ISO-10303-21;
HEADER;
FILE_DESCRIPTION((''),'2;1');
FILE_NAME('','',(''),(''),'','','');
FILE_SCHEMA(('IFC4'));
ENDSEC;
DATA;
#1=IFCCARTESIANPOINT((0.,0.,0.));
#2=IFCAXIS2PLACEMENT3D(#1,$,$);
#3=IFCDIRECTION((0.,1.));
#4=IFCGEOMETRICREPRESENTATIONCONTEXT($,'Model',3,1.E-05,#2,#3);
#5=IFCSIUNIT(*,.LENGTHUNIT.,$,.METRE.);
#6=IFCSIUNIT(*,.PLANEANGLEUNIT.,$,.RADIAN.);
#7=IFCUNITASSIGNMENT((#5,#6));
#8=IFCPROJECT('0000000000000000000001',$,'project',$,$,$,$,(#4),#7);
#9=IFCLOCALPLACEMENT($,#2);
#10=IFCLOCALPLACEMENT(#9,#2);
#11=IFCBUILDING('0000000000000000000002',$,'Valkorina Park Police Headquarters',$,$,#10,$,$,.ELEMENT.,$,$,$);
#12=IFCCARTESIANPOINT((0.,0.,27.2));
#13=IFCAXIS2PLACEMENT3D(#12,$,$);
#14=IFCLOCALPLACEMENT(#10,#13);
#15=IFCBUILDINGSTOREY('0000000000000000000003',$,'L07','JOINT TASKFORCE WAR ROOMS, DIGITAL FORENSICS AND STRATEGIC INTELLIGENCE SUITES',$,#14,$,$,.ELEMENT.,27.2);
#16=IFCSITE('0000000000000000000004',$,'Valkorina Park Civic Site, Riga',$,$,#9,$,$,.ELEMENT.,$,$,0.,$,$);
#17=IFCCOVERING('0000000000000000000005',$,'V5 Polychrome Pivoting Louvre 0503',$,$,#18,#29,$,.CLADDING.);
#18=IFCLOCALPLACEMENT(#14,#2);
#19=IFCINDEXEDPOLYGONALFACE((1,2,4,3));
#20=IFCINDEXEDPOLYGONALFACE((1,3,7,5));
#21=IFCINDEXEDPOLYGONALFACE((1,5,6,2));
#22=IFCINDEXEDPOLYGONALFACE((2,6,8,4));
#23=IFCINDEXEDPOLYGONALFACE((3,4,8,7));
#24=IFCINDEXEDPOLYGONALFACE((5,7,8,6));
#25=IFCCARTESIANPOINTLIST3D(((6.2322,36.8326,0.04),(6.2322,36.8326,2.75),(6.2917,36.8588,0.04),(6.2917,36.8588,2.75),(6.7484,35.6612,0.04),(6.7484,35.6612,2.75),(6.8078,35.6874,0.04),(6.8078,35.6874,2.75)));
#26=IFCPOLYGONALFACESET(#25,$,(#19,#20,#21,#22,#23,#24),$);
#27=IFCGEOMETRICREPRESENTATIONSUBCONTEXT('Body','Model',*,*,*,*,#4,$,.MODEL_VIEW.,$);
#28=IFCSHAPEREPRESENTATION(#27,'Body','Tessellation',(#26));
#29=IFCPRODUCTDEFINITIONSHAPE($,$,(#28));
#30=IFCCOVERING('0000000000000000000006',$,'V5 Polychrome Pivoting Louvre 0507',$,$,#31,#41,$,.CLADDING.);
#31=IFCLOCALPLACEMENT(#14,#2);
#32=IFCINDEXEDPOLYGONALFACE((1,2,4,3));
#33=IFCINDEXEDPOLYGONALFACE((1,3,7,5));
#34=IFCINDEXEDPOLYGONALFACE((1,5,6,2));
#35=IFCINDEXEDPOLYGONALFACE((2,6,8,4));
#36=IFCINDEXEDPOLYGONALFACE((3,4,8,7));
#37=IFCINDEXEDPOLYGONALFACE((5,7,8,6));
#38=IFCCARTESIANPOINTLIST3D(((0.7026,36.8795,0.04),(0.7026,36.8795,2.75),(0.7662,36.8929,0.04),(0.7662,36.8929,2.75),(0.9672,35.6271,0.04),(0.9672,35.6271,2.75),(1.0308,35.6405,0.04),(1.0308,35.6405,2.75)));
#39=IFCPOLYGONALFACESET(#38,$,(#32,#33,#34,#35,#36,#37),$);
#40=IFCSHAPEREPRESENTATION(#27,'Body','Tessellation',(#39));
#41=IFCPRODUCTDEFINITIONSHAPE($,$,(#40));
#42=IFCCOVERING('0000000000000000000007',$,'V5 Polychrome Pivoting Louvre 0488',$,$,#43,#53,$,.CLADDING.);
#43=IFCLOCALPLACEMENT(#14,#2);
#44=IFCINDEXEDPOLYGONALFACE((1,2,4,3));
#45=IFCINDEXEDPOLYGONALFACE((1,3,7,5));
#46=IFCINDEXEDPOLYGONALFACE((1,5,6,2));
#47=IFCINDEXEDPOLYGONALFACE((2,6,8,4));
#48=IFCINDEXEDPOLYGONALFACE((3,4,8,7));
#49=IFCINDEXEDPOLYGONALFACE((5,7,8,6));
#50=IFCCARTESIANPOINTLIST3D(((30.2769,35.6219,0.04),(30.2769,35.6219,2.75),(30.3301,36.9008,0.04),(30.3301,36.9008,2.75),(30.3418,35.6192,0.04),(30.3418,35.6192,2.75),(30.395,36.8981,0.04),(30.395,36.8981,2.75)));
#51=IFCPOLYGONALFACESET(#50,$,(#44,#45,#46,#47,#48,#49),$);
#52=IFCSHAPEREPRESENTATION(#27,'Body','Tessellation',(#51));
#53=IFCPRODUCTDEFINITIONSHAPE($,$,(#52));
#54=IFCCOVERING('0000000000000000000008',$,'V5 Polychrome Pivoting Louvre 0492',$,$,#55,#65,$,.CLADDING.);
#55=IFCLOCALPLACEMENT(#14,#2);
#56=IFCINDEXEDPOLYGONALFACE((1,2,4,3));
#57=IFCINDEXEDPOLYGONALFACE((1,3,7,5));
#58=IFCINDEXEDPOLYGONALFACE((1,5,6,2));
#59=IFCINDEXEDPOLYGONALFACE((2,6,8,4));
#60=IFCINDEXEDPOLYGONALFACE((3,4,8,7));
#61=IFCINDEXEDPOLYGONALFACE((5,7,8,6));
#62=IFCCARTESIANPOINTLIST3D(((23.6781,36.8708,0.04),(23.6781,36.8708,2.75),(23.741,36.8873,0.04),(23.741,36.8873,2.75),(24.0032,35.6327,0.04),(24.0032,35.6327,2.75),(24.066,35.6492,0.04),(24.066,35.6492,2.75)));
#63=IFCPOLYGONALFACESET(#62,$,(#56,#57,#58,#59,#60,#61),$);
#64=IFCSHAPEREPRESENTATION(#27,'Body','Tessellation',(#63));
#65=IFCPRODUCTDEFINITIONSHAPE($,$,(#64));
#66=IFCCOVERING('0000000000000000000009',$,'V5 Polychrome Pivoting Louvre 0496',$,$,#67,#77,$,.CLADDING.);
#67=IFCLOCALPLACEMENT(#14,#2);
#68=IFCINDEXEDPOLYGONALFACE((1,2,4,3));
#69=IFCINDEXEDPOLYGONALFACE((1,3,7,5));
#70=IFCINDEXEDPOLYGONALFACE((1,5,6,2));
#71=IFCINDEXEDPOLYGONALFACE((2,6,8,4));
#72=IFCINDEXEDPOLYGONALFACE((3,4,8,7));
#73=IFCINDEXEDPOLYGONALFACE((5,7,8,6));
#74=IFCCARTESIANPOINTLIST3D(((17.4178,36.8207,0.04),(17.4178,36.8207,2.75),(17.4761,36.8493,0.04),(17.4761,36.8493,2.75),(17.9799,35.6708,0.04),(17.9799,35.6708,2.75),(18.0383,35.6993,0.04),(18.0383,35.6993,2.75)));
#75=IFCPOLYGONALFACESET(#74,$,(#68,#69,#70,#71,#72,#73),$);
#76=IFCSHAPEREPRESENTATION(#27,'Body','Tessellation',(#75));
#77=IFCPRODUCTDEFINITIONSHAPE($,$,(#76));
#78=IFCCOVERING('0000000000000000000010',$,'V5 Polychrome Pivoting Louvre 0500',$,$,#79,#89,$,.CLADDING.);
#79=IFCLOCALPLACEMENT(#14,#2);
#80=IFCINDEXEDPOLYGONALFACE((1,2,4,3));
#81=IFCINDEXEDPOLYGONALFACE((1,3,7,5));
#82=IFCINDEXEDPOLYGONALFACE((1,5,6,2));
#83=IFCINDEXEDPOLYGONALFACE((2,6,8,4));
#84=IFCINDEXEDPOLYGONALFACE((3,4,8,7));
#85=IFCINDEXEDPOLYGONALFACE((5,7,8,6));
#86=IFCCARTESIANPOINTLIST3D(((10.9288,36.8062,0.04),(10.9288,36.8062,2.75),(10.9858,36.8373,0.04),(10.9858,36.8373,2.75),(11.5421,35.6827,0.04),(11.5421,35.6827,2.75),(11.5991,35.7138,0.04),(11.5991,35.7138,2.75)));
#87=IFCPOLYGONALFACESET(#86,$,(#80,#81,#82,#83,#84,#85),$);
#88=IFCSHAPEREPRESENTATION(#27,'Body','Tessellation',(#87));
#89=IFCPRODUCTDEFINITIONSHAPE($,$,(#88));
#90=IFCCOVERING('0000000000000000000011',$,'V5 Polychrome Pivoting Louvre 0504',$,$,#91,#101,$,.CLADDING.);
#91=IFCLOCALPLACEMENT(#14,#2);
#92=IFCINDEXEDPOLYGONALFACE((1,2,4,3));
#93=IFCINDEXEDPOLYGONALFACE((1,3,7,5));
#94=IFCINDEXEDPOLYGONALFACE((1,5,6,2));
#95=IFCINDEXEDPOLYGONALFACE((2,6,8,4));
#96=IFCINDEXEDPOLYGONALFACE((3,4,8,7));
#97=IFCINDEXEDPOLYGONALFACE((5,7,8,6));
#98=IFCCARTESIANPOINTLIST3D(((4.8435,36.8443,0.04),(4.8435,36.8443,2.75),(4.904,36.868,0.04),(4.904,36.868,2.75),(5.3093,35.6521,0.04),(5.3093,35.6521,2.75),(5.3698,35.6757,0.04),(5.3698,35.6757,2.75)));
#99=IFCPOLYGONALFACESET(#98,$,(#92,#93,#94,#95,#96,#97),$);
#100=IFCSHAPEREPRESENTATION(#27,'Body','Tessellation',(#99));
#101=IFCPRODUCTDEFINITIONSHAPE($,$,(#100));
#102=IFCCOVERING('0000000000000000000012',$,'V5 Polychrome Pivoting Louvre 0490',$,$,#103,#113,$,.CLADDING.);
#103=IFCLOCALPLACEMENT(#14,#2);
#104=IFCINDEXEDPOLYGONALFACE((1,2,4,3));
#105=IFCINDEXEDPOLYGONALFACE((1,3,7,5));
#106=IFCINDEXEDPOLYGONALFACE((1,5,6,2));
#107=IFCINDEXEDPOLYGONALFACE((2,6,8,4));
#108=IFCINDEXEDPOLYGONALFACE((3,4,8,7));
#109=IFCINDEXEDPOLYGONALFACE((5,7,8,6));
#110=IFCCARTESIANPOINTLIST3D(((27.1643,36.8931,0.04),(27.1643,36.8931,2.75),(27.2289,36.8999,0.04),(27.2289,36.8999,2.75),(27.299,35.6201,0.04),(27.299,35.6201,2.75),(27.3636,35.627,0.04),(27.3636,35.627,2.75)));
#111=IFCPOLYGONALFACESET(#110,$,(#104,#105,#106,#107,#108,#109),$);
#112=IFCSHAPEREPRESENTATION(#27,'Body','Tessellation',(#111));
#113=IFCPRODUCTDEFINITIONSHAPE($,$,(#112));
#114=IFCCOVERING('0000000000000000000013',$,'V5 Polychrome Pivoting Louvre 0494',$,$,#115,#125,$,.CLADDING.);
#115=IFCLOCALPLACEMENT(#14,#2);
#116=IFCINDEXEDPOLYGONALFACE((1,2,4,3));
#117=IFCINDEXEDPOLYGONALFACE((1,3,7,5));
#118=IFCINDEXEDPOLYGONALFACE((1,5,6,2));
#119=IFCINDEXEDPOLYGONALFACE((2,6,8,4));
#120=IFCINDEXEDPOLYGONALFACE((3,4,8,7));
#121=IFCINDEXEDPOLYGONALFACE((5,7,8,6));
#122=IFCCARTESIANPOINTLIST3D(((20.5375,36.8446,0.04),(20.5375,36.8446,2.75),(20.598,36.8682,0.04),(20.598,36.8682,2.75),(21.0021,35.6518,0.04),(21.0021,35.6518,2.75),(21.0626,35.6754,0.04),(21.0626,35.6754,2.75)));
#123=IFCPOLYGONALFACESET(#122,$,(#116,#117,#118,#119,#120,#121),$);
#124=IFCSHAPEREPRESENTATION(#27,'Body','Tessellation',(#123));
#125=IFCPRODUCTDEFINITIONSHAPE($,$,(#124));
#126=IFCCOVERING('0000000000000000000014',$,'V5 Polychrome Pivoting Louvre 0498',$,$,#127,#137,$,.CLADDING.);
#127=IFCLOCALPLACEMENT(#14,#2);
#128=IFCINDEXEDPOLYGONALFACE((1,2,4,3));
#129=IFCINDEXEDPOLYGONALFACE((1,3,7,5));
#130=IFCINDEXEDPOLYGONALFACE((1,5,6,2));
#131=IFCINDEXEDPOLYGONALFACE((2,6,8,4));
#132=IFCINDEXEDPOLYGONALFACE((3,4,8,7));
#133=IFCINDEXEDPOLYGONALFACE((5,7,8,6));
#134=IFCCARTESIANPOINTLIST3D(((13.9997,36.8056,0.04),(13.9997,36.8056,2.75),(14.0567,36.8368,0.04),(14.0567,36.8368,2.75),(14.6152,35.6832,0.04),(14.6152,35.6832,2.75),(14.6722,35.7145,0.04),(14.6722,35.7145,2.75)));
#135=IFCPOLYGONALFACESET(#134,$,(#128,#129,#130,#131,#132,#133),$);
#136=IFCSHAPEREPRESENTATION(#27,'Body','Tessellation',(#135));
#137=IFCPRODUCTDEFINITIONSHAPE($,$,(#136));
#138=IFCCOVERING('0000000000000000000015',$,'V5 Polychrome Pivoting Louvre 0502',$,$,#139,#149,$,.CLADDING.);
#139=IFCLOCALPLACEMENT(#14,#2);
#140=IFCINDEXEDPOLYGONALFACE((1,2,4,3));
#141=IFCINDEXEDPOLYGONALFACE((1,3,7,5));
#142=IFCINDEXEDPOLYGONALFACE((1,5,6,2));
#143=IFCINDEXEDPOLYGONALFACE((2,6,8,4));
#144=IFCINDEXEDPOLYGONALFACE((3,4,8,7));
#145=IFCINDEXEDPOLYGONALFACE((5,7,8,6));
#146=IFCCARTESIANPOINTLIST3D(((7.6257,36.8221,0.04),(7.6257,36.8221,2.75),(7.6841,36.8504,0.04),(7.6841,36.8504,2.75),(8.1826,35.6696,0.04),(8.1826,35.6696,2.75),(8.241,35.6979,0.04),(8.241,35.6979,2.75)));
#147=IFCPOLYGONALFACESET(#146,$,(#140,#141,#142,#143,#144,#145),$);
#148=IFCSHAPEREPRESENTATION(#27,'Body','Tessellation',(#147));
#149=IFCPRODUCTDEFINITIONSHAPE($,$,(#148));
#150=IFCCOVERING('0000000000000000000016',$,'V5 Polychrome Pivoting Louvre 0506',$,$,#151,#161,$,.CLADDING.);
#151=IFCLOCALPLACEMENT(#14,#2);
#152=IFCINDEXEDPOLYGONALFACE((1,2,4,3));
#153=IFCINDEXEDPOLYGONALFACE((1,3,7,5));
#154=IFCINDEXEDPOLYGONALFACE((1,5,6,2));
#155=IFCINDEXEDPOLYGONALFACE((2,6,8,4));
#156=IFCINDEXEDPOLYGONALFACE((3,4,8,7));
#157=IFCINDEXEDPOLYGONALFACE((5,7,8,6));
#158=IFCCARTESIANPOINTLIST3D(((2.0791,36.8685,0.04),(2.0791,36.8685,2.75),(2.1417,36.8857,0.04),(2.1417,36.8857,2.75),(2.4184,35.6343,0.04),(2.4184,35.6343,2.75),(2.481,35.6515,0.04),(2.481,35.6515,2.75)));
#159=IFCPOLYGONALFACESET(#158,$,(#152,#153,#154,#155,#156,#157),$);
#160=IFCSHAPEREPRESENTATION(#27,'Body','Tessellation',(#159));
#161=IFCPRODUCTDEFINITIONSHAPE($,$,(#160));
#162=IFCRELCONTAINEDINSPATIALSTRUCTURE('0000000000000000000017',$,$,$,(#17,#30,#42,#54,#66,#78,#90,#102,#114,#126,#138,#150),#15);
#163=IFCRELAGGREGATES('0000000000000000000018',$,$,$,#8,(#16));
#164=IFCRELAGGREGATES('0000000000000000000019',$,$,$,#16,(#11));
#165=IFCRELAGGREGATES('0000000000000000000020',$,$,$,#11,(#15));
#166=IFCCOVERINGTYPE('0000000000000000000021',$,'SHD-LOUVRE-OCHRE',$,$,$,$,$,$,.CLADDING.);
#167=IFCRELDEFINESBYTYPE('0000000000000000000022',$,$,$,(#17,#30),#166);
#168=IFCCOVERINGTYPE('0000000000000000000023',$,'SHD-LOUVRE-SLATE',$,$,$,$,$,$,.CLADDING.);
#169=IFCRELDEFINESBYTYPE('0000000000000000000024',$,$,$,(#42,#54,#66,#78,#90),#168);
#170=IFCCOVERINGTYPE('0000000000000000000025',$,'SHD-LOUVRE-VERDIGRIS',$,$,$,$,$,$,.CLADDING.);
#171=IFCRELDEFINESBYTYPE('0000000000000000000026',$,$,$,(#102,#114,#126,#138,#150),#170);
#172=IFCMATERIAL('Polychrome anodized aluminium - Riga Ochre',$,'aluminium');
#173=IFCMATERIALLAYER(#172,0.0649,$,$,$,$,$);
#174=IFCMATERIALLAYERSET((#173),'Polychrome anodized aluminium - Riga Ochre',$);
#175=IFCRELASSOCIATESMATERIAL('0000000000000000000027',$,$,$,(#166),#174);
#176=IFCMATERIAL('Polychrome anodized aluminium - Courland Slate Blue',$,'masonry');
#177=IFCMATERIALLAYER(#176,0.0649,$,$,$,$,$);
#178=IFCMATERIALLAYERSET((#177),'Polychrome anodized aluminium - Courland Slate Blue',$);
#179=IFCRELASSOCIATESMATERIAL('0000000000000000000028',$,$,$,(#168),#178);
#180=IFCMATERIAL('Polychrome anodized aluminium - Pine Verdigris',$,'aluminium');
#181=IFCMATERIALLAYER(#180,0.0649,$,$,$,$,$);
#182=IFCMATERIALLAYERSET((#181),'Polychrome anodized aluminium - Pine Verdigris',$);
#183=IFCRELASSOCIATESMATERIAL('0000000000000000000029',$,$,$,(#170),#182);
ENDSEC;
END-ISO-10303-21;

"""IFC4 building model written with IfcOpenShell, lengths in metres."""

from ifc_helpers import new_model, si_unit, direction, frame, origin, origin_2d, place, context, subcontext, project, spatial, rectangle, extrude, material, layer, layer_set, type_object, element, save


model = new_model("IFC4")

# Units and contexts
model_context = context("Model", 3, precision=1e-05, world=origin(), true_north=direction((0.0, 1.0)))
body_context = subcontext(model_context, "Body", "Model", "MODEL_VIEW")
ifc_project = project(units=[si_unit("LENGTHUNIT", "METRE"), si_unit("PLANEANGLEUNIT", "RADIAN")], contexts=[model_context])

# Site, building, storey
site_placement = place(None, origin())
site = spatial("IfcSite", under=ifc_project, at=site_placement, Name="Valkorina Park Civic Site, Riga", CompositionType="ELEMENT", RefElevation=0.0)
building_placement = place(site_placement, origin())
building = spatial("IfcBuilding", under=site, at=building_placement, Name="Valkorina Park Police Headquarters", CompositionType="ELEMENT")
storey_placement = place(building_placement, frame((0.0, 0.0, 27.2)))
storey = spatial("IfcBuildingStorey", under=building, at=storey_placement, Name="L07", Description="JOINT TASKFORCE WAR ROOMS, DIGITAL FORENSICS AND STRATEGIC INTELLIGENCE SUITES", CompositionType="ELEMENT", Elevation=27.2)

# Coverings
ifc_material_1 = material(Name="Polychrome anodized aluminium - Riga Ochre", Category="aluminium")
ifc_layer_1 = layer(ifc_material_1, 0.0649)
ifc_layer_set_1 = layer_set([ifc_layer_1], Name="Polychrome anodized aluminium - Riga Ochre")
covering_type_1 = type_object("IfcCoveringType", Name="SHD-LOUVRE-OCHRE", PredefinedType="CLADDING", material=ifc_layer_set_1)
for number, where, z_axis, x_axis, name in (
    (1, (6.52, 36.26, 0.04), (0.0, 0.0, 1.0), (0.403226, -0.9151, 0.0), "V5 Polychrome Pivoting Louvre 0503"),
    (2, (0.8667, 36.26, 0.04), (0.0, 0.0, 1.0), (0.206717, -0.978401, 0.0), "V5 Polychrome Pivoting Louvre 0507"),
):
    element("IfcCovering", number, at=place(storey_placement, frame(where, z_axis=z_axis, x_axis=x_axis)), inside=storey, type_object=covering_type_1, Name=name, PredefinedType="CLADDING", context=body_context, shape_type="SweptSolid", body=[
        extrude(rectangle(XDim=1.28, YDim=0.0649, at=origin_2d()), origin(), (0.0, 0.0, 1.0), 2.71),
    ])
ifc_material_2 = material(Name="Polychrome anodized aluminium - Courland Slate Blue", Category="masonry")
ifc_layer_2 = layer(ifc_material_2, 0.0649)
ifc_layer_set_2 = layer_set([ifc_layer_2], Name="Polychrome anodized aluminium - Courland Slate Blue")
covering_type_2 = type_object("IfcCoveringType", Name="SHD-LOUVRE-SLATE", PredefinedType="CLADDING", material=ifc_layer_set_2)
for number, where, z_axis, x_axis, name in (
    (3, (30.3359, 36.26, 0.04), (0.0, 0.0, 1.0), (-0.041527, -0.999137, 0.0), "V5 Polychrome Pivoting Louvre 0488"),
    (4, (23.8721, 36.26, 0.04), (0.0, 0.0, 1.0), (0.253927, -0.967223, 0.0), "V5 Polychrome Pivoting Louvre 0492"),
    (5, (17.728, 36.26, 0.04), (0.0, 0.0, 1.0), (0.439155, -0.898411, 0.0), "V5 Polychrome Pivoting Louvre 0496"),
    (6, (11.2639, 36.26, 0.04), (0.0, 0.0, 1.0), (0.479152, -0.877732, 0.0), "V5 Polychrome Pivoting Louvre 0500"),
    (7, (5.1067, 36.26, 0.04), (0.0, 0.0, 1.0), (0.363902, -0.931437, 0.0), "V5 Polychrome Pivoting Louvre 0504"),
):
    element("IfcCovering", number, at=place(storey_placement, frame(where, z_axis=z_axis, x_axis=x_axis)), inside=storey, type_object=covering_type_2, Name=name, PredefinedType="CLADDING", context=body_context, shape_type="SweptSolid", body=[
        extrude(rectangle(XDim=1.28, YDim=0.0649, at=origin_2d()), origin(), (0.0, 0.0, 1.0), 2.71),
    ])
ifc_material_3 = material(Name="Polychrome anodized aluminium - Pine Verdigris", Category="aluminium")
ifc_layer_3 = layer(ifc_material_3, 0.0649)
ifc_layer_set_3 = layer_set([ifc_layer_3], Name="Polychrome anodized aluminium - Pine Verdigris")
covering_type_3 = type_object("IfcCoveringType", Name="SHD-LOUVRE-VERDIGRIS", PredefinedType="CLADDING", material=ifc_layer_set_3)
for number, where, z_axis, x_axis, name in (
    (8, (27.2639, 36.26, 0.04), (0.0, 0.0, 1.0), (0.105223, -0.994449, 0.0), "V5 Polychrome Pivoting Louvre 0490"),
    (9, (20.8, 36.26, 0.04), (0.0, 0.0, 1.0), (0.362926, -0.931818, 0.0), "V5 Polychrome Pivoting Louvre 0494"),
    (10, (14.3359, 36.26, 0.04), (0.0, 0.0, 1.0), (0.480836, -0.876811, 0.0), "V5 Polychrome Pivoting Louvre 0498"),
    (11, (7.9333, 36.26, 0.04), (0.0, 0.0, 1.0), (0.435074, -0.900395, 0.0), "V5 Polychrome Pivoting Louvre 0502"),
    (12, (2.28, 36.26, 0.04), (0.0, 0.0, 1.0), (0.265051, -0.964234, 0.0), "V5 Polychrome Pivoting Louvre 0506"),
):
    element("IfcCovering", number, at=place(storey_placement, frame(where, z_axis=z_axis, x_axis=x_axis)), inside=storey, type_object=covering_type_3, Name=name, PredefinedType="CLADDING", context=body_context, shape_type="SweptSolid", body=[
        extrude(rectangle(XDim=1.28, YDim=0.0649, at=origin_2d()), origin(), (0.0, 0.0, 1.0), 2.71),
    ])

save(model, "model.ifc")
